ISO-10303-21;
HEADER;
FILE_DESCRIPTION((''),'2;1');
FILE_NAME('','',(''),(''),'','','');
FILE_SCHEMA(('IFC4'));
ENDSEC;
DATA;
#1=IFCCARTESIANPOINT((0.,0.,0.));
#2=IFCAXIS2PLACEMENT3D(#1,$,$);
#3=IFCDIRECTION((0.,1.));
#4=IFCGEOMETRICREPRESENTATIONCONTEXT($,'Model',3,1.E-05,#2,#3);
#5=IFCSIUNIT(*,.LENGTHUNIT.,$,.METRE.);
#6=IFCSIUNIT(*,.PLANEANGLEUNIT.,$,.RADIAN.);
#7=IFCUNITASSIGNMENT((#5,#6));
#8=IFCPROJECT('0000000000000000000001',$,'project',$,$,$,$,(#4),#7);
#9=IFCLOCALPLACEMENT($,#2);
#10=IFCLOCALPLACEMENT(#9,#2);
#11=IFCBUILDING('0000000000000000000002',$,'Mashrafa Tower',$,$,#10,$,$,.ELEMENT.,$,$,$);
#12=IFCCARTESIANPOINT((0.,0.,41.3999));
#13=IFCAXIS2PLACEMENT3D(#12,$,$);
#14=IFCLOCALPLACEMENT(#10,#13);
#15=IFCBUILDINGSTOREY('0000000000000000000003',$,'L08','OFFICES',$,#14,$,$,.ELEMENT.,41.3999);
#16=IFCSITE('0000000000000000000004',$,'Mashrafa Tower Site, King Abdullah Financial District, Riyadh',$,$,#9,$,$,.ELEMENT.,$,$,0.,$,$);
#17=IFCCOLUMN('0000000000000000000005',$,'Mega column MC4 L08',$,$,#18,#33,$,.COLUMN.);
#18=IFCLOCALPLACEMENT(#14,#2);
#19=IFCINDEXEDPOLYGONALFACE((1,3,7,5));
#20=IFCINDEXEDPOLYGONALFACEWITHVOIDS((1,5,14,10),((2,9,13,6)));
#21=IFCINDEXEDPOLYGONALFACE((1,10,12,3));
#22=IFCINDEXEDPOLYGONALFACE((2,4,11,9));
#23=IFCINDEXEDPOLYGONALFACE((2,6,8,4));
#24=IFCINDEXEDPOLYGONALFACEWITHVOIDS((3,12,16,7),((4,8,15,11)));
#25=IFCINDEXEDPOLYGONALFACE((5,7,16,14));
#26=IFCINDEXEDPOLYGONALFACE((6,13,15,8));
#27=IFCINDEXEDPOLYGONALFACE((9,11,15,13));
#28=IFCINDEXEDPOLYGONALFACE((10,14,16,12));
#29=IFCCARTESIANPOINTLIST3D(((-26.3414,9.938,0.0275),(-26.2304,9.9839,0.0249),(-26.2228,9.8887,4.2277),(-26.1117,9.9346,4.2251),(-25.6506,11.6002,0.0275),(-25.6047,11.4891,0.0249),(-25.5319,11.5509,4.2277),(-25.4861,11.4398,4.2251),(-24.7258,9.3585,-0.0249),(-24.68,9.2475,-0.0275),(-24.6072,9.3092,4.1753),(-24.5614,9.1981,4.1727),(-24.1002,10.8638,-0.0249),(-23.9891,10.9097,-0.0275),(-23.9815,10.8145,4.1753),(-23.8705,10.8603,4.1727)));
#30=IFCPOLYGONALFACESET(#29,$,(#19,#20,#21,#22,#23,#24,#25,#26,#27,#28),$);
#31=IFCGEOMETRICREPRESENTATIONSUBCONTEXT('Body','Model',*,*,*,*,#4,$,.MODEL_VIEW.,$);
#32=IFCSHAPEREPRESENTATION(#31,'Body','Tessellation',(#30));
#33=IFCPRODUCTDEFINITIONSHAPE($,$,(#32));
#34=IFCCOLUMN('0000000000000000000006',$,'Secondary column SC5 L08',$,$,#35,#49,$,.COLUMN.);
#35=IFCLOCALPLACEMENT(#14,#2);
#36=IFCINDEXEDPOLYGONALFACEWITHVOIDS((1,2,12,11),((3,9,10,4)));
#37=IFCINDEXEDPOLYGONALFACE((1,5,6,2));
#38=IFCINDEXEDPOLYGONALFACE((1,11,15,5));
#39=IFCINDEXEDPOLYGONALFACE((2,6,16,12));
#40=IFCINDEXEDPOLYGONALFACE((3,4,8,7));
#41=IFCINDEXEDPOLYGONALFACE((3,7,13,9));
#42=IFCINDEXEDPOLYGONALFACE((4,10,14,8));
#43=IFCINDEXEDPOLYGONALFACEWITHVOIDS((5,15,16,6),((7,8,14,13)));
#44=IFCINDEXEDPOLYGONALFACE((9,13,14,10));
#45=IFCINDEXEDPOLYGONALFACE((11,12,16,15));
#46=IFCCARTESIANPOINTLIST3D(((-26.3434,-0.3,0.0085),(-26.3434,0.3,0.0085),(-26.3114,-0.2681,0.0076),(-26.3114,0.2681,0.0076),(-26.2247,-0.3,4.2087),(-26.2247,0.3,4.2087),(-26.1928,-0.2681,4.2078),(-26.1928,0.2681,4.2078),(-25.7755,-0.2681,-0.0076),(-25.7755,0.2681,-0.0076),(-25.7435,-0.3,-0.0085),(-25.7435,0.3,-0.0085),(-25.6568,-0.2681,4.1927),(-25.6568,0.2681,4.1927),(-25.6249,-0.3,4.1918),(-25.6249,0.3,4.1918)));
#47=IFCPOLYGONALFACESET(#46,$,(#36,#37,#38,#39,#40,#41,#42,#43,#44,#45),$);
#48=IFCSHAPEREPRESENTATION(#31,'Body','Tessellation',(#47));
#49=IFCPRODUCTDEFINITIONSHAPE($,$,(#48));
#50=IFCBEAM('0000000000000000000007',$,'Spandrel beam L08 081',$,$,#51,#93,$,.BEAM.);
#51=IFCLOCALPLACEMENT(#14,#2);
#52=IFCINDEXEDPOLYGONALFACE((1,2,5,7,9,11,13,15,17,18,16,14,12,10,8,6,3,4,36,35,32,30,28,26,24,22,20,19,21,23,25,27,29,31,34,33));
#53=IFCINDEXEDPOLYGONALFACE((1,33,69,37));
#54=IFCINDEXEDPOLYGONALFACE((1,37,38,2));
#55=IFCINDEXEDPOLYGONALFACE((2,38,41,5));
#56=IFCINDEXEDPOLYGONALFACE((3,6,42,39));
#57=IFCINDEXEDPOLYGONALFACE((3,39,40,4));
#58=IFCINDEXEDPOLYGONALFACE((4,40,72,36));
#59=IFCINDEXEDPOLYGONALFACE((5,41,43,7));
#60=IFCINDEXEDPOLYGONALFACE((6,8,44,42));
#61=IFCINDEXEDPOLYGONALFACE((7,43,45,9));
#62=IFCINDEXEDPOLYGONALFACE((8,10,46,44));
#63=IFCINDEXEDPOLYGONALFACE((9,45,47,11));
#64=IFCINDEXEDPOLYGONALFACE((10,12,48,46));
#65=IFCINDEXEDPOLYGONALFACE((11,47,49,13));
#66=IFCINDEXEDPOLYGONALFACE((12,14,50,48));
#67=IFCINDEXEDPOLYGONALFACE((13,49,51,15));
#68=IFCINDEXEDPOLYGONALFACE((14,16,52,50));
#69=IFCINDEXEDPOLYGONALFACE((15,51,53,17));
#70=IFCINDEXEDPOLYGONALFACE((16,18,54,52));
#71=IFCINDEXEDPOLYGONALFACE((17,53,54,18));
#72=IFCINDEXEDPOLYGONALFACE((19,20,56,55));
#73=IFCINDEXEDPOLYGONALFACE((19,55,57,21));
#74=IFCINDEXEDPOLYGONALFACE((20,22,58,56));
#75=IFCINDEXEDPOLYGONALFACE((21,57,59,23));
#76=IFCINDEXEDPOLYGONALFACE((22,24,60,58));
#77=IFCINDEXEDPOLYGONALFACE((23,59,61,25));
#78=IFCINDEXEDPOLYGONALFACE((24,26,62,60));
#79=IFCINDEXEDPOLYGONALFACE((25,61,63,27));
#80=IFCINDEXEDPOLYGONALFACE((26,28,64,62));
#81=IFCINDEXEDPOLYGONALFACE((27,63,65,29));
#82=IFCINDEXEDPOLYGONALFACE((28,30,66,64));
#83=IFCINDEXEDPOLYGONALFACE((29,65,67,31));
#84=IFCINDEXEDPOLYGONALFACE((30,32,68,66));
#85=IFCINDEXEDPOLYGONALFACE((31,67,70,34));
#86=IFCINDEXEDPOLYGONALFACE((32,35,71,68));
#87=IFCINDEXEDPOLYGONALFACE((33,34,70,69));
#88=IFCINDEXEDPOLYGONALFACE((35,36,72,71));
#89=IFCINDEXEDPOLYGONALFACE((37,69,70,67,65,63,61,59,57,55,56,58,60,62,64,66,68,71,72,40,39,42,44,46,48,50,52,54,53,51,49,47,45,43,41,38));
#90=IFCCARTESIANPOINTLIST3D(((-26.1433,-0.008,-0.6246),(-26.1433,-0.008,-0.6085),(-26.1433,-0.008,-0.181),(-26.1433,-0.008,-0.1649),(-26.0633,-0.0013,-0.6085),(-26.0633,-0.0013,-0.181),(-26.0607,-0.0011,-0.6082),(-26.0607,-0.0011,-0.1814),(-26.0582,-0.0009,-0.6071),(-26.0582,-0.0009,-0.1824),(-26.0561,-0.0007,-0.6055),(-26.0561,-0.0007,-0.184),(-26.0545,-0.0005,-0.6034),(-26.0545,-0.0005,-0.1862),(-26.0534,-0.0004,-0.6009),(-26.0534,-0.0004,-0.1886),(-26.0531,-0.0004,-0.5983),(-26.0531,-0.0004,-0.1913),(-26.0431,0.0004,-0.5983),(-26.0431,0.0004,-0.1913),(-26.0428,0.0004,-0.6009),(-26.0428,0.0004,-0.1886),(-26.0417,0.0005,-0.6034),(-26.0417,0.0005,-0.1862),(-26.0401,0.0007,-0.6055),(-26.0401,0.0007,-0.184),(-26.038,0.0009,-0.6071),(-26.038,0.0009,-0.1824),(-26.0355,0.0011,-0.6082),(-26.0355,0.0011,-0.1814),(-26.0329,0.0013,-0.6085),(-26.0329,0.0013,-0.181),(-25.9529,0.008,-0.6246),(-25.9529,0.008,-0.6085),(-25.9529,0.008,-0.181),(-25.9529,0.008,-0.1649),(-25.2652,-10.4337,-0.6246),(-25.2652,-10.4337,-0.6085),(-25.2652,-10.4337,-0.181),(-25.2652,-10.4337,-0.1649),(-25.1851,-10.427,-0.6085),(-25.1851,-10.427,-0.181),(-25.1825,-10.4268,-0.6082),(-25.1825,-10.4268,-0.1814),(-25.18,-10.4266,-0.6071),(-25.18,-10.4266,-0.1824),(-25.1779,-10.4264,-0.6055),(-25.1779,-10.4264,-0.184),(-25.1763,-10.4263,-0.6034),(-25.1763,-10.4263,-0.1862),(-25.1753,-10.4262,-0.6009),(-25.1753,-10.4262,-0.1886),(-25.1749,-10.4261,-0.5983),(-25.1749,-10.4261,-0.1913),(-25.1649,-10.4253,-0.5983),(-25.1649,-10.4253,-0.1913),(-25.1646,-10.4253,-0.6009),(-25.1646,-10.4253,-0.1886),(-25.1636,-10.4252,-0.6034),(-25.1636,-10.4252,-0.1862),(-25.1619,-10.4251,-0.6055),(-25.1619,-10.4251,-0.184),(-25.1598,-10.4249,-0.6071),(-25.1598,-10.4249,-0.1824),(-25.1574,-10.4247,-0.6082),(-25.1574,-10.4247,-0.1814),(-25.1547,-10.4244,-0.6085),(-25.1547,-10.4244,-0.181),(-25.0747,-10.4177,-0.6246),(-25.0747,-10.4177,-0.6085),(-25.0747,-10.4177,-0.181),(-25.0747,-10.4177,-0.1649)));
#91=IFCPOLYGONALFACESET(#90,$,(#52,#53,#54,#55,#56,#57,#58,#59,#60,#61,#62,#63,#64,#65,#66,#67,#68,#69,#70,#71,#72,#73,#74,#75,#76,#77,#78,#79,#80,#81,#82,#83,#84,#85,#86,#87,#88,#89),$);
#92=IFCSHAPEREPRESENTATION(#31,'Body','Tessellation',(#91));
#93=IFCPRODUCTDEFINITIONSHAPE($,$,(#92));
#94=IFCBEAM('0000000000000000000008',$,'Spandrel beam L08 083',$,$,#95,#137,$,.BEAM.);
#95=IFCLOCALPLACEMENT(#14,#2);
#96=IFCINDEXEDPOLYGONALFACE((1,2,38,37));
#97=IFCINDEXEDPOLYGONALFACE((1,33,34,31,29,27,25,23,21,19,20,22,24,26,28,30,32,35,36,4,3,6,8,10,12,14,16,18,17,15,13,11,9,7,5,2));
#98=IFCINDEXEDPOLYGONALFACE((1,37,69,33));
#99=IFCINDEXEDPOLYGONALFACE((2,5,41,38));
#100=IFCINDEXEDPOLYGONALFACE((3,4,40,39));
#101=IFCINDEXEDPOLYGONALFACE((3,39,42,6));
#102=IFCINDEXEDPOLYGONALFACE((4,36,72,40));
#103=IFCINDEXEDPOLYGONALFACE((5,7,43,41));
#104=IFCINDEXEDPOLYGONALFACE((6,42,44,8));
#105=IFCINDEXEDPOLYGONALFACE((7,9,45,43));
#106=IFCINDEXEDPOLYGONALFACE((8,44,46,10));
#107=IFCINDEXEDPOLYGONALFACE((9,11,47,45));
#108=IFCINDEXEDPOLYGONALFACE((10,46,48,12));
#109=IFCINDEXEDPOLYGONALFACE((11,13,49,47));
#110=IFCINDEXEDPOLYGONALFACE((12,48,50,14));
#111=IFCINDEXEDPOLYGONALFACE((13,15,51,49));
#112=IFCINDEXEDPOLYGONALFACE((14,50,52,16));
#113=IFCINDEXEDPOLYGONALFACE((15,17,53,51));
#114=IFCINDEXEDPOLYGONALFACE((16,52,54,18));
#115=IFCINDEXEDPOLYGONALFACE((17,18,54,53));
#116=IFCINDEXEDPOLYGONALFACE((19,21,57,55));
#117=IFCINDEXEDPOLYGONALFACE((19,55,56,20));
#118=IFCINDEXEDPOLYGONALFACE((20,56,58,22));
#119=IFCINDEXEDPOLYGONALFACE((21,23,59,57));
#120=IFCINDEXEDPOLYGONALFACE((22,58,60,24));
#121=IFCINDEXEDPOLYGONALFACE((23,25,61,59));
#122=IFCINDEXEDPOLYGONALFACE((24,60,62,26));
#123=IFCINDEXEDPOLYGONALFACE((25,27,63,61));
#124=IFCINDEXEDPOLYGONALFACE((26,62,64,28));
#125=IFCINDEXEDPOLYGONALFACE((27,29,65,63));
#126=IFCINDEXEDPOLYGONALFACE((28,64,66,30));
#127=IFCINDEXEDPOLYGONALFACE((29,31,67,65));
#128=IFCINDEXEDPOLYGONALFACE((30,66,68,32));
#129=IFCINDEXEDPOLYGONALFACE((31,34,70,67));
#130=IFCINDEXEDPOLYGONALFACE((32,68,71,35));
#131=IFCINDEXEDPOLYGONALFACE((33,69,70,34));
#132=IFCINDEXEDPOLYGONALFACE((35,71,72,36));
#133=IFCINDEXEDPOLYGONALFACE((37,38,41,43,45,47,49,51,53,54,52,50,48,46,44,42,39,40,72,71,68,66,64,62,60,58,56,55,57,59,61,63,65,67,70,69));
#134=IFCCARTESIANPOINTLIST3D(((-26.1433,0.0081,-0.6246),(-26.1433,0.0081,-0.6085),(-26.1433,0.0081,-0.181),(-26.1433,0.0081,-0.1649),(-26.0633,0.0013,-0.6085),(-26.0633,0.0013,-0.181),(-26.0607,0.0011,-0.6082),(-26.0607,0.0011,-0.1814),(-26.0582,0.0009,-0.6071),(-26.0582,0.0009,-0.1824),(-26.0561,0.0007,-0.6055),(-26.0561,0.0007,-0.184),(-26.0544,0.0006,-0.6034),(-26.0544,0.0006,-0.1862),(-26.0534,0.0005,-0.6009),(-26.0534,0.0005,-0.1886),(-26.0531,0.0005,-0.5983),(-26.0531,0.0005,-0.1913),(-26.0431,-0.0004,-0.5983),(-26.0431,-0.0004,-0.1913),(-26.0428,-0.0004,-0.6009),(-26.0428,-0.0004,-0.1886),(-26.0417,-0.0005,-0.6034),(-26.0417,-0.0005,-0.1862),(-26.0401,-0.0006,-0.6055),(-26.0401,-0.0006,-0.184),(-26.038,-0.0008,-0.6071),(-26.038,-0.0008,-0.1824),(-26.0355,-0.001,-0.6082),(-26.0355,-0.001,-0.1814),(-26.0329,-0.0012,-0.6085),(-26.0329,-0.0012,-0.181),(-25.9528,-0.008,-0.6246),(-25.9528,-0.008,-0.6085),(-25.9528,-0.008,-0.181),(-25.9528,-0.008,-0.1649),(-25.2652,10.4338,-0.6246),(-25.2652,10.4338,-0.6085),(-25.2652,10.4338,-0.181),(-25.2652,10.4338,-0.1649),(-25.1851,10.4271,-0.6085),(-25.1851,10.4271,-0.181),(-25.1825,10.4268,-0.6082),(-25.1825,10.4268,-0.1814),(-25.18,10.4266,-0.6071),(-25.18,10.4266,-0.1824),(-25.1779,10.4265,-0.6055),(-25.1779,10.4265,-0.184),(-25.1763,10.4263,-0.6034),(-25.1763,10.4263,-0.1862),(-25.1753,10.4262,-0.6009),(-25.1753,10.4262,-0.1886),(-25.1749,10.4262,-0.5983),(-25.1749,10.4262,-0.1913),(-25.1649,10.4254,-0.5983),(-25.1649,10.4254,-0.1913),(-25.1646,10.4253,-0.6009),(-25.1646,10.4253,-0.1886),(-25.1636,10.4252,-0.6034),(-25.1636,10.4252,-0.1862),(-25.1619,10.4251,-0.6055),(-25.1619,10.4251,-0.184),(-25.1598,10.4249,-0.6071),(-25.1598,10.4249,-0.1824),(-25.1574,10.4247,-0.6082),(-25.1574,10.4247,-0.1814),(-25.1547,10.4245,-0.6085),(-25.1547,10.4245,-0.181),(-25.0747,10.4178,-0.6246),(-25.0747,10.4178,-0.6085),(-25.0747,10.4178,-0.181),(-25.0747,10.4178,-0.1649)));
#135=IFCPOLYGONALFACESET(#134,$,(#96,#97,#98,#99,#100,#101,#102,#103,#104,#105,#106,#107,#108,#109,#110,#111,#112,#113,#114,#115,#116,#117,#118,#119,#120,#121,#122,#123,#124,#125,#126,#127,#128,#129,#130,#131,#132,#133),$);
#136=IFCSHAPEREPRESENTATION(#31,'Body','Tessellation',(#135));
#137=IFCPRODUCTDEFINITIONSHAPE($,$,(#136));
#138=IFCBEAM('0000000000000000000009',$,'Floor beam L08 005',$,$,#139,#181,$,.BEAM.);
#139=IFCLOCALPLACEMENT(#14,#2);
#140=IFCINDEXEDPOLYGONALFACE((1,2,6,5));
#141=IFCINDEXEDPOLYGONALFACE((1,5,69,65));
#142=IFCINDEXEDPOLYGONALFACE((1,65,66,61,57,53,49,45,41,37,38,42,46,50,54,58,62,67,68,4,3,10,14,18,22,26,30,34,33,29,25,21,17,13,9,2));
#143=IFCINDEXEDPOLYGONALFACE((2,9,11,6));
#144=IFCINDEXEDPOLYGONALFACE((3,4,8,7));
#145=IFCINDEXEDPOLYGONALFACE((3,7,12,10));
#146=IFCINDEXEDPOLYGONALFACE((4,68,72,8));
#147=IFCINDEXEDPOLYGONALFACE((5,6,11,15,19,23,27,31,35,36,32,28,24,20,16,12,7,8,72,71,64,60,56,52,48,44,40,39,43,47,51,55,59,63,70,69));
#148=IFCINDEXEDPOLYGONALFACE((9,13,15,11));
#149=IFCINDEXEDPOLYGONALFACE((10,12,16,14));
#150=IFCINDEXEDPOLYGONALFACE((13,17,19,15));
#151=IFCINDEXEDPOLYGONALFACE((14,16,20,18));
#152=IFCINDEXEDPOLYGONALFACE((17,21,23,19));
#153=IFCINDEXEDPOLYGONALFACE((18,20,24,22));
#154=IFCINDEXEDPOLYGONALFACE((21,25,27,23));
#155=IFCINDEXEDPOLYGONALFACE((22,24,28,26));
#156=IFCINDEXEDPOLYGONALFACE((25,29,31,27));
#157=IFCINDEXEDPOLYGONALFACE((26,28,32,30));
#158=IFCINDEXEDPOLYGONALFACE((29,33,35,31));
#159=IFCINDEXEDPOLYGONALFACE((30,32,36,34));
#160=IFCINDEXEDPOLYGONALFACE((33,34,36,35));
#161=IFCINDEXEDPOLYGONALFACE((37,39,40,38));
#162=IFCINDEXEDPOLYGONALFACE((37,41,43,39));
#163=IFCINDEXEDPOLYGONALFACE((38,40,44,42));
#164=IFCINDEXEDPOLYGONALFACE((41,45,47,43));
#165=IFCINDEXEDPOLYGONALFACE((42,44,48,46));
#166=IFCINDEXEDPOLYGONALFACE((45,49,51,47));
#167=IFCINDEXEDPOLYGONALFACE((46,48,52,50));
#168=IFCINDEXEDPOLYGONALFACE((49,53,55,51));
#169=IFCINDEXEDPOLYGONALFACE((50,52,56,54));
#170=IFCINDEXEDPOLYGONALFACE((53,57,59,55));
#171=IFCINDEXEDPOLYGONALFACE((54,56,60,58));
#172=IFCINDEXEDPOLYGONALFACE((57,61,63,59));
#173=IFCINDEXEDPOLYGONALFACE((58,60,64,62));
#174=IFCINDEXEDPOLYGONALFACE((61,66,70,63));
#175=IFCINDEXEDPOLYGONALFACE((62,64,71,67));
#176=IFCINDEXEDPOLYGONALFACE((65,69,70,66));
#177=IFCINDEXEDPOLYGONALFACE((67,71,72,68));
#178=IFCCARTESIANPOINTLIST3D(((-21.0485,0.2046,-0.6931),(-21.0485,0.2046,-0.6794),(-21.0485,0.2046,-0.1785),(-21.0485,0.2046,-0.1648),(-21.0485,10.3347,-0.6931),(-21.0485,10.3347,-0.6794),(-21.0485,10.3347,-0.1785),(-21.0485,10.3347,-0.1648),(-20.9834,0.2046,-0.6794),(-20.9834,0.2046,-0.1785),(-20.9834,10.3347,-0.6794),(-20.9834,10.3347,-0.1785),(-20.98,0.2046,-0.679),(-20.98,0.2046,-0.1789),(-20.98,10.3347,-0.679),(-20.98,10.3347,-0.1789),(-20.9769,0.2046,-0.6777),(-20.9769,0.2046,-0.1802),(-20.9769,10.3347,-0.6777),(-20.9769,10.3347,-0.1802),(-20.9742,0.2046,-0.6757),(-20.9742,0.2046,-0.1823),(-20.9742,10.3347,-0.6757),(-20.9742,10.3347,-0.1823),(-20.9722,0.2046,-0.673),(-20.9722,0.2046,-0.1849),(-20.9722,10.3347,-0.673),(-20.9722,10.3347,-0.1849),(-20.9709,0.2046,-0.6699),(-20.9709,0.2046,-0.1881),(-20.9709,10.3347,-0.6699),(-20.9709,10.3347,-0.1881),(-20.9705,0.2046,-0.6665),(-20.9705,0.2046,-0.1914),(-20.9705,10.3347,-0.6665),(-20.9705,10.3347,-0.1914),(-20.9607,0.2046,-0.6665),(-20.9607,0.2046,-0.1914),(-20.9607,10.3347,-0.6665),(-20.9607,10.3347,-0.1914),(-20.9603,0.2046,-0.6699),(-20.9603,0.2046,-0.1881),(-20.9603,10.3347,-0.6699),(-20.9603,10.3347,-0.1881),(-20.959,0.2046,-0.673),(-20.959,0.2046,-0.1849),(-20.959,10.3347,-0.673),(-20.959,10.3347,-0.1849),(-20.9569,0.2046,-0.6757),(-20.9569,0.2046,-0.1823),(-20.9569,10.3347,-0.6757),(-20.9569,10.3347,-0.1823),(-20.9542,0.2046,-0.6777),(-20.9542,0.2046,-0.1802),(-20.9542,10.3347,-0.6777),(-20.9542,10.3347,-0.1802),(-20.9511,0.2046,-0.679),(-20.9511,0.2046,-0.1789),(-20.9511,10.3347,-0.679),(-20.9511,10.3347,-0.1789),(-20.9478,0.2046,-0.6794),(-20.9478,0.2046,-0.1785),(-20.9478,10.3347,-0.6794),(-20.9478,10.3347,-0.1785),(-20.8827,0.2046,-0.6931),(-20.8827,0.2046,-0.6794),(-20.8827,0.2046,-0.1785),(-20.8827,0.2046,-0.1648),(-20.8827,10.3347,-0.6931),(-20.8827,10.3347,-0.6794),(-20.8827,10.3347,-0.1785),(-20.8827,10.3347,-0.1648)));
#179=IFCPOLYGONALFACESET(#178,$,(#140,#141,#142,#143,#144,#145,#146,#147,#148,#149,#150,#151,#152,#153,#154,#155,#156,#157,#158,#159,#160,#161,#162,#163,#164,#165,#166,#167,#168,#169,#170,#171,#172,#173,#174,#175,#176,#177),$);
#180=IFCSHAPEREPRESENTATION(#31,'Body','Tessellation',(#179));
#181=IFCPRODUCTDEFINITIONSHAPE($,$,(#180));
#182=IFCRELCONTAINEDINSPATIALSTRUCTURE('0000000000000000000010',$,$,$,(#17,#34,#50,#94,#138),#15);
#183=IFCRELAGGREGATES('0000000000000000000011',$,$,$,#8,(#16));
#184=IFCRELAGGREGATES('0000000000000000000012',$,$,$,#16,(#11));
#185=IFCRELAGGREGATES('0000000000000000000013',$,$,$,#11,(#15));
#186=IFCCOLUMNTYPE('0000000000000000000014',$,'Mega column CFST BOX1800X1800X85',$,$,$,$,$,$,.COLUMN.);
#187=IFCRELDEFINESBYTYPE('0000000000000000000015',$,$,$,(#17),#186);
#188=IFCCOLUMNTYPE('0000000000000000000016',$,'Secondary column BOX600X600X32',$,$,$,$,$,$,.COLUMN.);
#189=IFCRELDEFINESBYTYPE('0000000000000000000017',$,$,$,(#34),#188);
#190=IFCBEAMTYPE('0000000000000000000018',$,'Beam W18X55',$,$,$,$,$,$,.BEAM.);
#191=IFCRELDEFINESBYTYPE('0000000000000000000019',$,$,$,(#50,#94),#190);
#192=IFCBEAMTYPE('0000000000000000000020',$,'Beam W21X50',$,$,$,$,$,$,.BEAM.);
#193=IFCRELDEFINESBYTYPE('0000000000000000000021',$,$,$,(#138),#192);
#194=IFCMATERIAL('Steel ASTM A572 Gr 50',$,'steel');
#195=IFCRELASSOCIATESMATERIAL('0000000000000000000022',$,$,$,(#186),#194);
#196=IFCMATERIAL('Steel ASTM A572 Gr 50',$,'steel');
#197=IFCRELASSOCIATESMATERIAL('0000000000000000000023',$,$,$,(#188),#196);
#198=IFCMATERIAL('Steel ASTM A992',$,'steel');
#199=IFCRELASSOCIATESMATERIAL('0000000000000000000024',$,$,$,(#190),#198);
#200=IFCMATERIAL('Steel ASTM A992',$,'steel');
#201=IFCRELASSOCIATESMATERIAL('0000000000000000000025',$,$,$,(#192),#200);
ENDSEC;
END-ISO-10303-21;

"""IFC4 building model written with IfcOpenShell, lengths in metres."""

from ifc_helpers import new_model, si_unit, direction, frame, origin, origin_2d, place, context, subcontext, project, spatial, hollow_rectangle, i_section, extrude, material, material_profile, profile_set, type_object, element, save


model = new_model("IFC4")

# Units and contexts
model_context = context("Model", 3, precision=1e-05, world=origin(), true_north=direction((0.0, 1.0)))
body_context = subcontext(model_context, "Body", "Model", "MODEL_VIEW")
ifc_project = project(units=[si_unit("LENGTHUNIT", "METRE"), si_unit("PLANEANGLEUNIT", "RADIAN")], contexts=[model_context])

# Site, building, storey
site_placement = place(None, origin())
site = spatial("IfcSite", under=ifc_project, at=site_placement, Name="Mashrafa Tower Site, King Abdullah Financial District, Riyadh", CompositionType="ELEMENT", RefElevation=0.0)
building_placement = place(site_placement, origin())
building = spatial("IfcBuilding", under=site, at=building_placement, Name="Mashrafa Tower", CompositionType="ELEMENT")
storey_placement = place(building_placement, frame((0.0, 0.0, 41.3999)))
storey = spatial("IfcBuildingStorey", under=building, at=storey_placement, Name="L08", Description="OFFICES", CompositionType="ELEMENT", Elevation=41.3999)

# Columns
ifc_material_1 = material(Name="Steel ASTM A572 Gr 50", Category="steel")
ifc_material_profile_1 = material_profile(ifc_material_1, hollow_rectangle(XDim=1.8, YDim=1.8, WallThickness=0.085, at=origin_2d()), Name="BOX1800X1800X85")
ifc_profile_set_1 = profile_set([ifc_material_profile_1], Name="Steel ASTM A572 Gr 50")
column_type_1 = type_object("IfcColumnType", Name="Mega column CFST BOX1800X1800X85", PredefinedType="COLUMN", material=ifc_profile_set_1)
column_1_placement = place(storey_placement, frame((-25.1653, 10.4238, 0.0), z_axis=(0.028236, -0.011736, 0.999532), x_axis=(0.383806, 0.923414, 0.0)))
element("IfcColumn", 1, at=column_1_placement, inside=storey, type_object=column_type_1, Name="Mega column MC4 L08", PredefinedType="COLUMN", context=body_context, shape_type="SweptSolid", body=[
    extrude(hollow_rectangle(XDim=1.8, YDim=1.8, WallThickness=0.085, at=origin_2d()), origin(), (0.0, 0.0, 1.0), 4.2021),
])
ifc_material_2 = material(Name="Steel ASTM A572 Gr 50", Category="steel")
ifc_material_profile_2 = material_profile(ifc_material_2, hollow_rectangle(XDim=0.6001, YDim=0.6001, WallThickness=0.032, at=origin_2d()), Name="BOX600X600X32")
ifc_profile_set_2 = profile_set([ifc_material_profile_2], Name="Steel ASTM A572 Gr 50")
column_type_2 = type_object("IfcColumnType", Name="Secondary column BOX600X600X32", PredefinedType="COLUMN", material=ifc_profile_set_2)
column_2_placement = place(storey_placement, frame((-26.0435, 0.0, 0.0), z_axis=(0.028238, 0.0, 0.999601), x_axis=(0.0, 1.0, 0.0)))
element("IfcColumn", 2, at=column_2_placement, inside=storey, type_object=column_type_2, Name="Secondary column SC5 L08", PredefinedType="COLUMN", context=body_context, shape_type="SweptSolid", body=[
    extrude(hollow_rectangle(XDim=0.6001, YDim=0.6001, WallThickness=0.032, at=origin_2d()), origin(), (0.0, 0.0, 1.0), 4.2019),
])

# Beams
ifc_material_3 = material(Name="Steel ASTM A992", Category="steel")
ifc_material_profile_3 = material_profile(ifc_material_3, i_section(OverallWidth=0.1912, OverallDepth=0.4597, WebThickness=0.01, FlangeThickness=0.0161, FilletRadius=0.0103, at=origin_2d()), Name="W18X55")
ifc_profile_set_3 = profile_set([ifc_material_profile_3], Name="Steel ASTM A992")
beam_type_1 = type_object("IfcBeamType", Name="Beam W18X55", PredefinedType="BEAM", material=ifc_profile_set_3)
for number, where, z_axis, x_axis, name in (
    (3, (-26.0481, 0.0, -0.3948), (0.083934, -0.996471, 0.0), (0.996471, 0.083934, 0.0), "Spandrel beam L08 081"),
    (4, (-25.1699, 10.4258, -0.3948), (-0.083934, -0.996471, 0.0), (0.996471, -0.083934, 0.0), "Spandrel beam L08 083"),
):
    element("IfcBeam", number, at=place(storey_placement, frame(where, z_axis=z_axis, x_axis=x_axis)), inside=storey, type_object=beam_type_1, Name=name, PredefinedType="BEAM", context=body_context, shape_type="SweptSolid", body=[
        extrude(i_section(OverallWidth=0.1912, OverallDepth=0.4597, WebThickness=0.01, FlangeThickness=0.0161, FilletRadius=0.0103, at=origin_2d()), origin(), (0.0, 0.0, 1.0), 10.4626),
    ])
ifc_material_4 = material(Name="Steel ASTM A992", Category="steel")
ifc_material_profile_4 = material_profile(ifc_material_4, i_section(OverallWidth=0.1658, OverallDepth=0.5283, WebThickness=0.0098, FlangeThickness=0.0137, FilletRadius=0.0129, at=origin_2d()), Name="W21X50")
ifc_profile_set_4 = profile_set([ifc_material_profile_4], Name="Steel ASTM A992")
beam_type_2 = type_object("IfcBeamType", Name="Beam W21X50", PredefinedType="BEAM", material=ifc_profile_set_4)
beam_1_placement = place(storey_placement, frame((-20.9656, 0.2046, -0.429), z_axis=(0.0, 1.0, 0.0), x_axis=(-1.0, 0.0, 0.0)))
element("IfcBeam", 5, at=beam_1_placement, inside=storey, type_object=beam_type_2, Name="Floor beam L08 005", PredefinedType="BEAM", context=body_context, shape_type="SweptSolid", body=[
    extrude(i_section(OverallWidth=0.1658, OverallDepth=0.5283, WebThickness=0.0098, FlangeThickness=0.0137, FilletRadius=0.0129, at=origin_2d()), origin(), (0.0, 0.0, 1.0), 10.1301),
])

save(model, "model.ifc")
